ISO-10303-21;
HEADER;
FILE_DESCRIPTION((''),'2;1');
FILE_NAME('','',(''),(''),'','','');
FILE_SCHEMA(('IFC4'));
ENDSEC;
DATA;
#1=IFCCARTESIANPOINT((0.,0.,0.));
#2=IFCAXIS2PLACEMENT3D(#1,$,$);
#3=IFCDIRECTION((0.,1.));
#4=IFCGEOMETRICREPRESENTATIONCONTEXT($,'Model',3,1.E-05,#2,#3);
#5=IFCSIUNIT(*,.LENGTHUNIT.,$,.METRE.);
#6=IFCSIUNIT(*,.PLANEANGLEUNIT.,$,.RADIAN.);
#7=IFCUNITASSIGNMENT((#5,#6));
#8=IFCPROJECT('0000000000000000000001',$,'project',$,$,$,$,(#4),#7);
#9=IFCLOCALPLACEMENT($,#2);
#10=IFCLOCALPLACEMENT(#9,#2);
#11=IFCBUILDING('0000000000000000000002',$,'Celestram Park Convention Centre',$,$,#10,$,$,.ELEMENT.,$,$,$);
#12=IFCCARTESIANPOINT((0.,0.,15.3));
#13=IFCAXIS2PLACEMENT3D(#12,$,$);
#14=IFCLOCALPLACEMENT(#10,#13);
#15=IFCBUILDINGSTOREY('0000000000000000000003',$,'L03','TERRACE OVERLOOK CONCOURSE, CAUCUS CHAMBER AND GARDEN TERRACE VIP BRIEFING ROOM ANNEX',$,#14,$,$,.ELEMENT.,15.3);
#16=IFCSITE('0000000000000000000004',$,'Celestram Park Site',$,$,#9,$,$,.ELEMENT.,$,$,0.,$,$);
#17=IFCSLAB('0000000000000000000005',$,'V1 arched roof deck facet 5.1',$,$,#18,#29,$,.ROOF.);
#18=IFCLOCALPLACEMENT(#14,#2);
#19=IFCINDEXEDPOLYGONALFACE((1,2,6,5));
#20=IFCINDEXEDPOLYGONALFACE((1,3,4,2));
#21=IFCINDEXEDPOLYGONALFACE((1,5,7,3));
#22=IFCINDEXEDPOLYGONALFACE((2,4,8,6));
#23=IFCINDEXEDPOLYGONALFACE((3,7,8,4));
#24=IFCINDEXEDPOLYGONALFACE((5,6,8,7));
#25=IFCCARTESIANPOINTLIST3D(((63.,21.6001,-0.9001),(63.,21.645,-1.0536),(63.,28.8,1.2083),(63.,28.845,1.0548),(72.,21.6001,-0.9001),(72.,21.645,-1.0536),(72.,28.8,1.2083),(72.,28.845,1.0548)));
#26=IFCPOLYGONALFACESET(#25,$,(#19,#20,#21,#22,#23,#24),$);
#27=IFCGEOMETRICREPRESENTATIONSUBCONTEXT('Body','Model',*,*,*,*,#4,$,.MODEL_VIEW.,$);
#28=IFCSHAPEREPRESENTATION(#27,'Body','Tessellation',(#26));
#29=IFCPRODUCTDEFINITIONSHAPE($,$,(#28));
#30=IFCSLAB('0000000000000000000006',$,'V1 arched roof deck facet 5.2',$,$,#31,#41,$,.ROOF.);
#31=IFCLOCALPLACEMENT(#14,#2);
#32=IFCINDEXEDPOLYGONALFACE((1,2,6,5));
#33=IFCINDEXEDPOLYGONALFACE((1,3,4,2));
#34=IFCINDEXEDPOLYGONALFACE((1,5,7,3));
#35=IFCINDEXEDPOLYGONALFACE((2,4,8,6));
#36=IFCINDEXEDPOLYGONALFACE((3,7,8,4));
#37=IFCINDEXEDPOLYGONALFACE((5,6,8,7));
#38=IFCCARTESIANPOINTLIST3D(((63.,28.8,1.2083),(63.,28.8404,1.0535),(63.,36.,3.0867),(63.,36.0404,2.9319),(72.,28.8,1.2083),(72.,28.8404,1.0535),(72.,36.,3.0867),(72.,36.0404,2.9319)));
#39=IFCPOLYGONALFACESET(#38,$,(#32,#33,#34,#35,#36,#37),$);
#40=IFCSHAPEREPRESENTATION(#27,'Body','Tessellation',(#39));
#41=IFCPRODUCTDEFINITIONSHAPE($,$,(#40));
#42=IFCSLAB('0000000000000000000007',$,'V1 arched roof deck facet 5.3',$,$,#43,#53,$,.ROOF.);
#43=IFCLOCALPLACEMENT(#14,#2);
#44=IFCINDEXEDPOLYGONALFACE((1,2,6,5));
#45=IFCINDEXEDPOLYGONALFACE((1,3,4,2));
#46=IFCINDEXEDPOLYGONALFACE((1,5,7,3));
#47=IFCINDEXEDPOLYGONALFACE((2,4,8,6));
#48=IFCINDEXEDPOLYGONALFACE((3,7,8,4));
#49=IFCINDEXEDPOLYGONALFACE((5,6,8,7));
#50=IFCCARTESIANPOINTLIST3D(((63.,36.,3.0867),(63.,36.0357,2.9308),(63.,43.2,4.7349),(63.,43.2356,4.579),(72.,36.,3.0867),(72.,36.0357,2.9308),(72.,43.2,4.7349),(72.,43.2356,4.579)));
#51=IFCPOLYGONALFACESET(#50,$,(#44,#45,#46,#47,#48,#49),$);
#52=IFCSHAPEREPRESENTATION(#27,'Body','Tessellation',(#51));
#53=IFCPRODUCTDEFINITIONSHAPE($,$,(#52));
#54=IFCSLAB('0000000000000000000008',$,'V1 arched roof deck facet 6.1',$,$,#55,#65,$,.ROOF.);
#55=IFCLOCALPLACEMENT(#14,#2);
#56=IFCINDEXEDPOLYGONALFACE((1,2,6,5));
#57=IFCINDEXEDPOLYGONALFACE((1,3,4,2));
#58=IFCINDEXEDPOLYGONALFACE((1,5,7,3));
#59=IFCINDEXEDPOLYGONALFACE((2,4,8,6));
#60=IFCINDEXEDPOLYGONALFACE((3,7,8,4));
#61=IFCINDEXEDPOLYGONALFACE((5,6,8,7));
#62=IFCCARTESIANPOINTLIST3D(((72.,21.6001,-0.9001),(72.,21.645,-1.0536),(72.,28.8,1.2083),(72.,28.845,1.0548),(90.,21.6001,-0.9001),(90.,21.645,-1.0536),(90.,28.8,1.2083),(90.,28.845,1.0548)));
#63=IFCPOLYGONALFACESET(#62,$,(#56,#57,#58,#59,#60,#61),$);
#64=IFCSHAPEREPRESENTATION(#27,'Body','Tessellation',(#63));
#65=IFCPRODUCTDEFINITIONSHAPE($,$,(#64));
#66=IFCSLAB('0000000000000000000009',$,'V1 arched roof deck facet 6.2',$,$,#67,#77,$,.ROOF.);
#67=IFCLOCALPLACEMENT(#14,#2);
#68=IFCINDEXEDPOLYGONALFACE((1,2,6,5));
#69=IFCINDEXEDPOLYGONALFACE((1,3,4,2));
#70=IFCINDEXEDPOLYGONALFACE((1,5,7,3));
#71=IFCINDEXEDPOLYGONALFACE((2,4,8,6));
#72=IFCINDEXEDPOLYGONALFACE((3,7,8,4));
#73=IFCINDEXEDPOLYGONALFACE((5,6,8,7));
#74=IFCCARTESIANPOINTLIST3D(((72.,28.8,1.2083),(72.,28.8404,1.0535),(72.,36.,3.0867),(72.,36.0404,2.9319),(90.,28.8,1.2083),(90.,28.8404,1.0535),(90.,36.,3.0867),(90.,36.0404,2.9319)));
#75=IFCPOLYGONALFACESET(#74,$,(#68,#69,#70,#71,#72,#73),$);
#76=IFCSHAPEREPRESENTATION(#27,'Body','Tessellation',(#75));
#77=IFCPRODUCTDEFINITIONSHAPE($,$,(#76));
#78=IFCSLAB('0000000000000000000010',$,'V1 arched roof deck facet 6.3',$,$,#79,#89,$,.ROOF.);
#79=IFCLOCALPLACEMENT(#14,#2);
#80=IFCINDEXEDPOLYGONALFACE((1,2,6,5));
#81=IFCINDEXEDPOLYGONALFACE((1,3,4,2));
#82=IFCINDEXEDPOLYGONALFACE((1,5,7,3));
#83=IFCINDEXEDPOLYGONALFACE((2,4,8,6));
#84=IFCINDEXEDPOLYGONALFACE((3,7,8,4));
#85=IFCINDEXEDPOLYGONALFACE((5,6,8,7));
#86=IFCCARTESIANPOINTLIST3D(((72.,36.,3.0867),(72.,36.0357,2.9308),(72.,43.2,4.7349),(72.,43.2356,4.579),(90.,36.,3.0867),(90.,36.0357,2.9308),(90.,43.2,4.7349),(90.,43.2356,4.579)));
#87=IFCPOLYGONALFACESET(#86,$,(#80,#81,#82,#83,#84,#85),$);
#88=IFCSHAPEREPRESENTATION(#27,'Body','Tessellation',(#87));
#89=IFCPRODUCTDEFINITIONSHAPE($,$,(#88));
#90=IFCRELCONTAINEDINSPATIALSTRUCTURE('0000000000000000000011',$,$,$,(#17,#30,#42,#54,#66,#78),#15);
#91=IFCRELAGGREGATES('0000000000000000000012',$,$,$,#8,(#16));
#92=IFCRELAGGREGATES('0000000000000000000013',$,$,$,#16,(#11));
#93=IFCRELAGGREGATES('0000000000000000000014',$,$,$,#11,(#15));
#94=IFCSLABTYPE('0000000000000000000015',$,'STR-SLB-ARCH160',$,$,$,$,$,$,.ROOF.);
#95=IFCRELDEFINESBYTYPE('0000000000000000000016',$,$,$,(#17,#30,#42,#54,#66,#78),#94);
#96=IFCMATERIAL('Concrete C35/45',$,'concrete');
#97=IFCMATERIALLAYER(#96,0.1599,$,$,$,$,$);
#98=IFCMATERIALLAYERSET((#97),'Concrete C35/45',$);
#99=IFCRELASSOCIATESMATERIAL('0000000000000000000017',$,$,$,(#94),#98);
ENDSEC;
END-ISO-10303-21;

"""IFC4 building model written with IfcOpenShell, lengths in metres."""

from ifc_helpers import new_model, si_unit, direction, frame, origin, place, context, subcontext, project, spatial, polyline, outline, extrude, material, layer, layer_set, type_object, element, save


model = new_model("IFC4")

# Units and contexts
model_context = context("Model", 3, precision=1e-05, world=origin(), true_north=direction((0.0, 1.0)))
body_context = subcontext(model_context, "Body", "Model", "MODEL_VIEW")
ifc_project = project(units=[si_unit("LENGTHUNIT", "METRE"), si_unit("PLANEANGLEUNIT", "RADIAN")], contexts=[model_context])

# Site, building, storey
site_placement = place(None, origin())
site = spatial("IfcSite", under=ifc_project, at=site_placement, Name="Celestram Park Site", CompositionType="ELEMENT", RefElevation=0.0)
building_placement = place(site_placement, origin())
building = spatial("IfcBuilding", under=site, at=building_placement, Name="Celestram Park Convention Centre", CompositionType="ELEMENT")
storey_placement = place(building_placement, frame((0.0, 0.0, 15.3)))
storey = spatial("IfcBuildingStorey", under=building, at=storey_placement, Name="L03", Description="TERRACE OVERLOOK CONCOURSE, CAUCUS CHAMBER AND GARDEN TERRACE VIP BRIEFING ROOM ANNEX", CompositionType="ELEMENT", Elevation=15.3)

# Slabs
ifc_material_1 = material(Name="Concrete C35/45", Category="concrete")
ifc_layer_1 = layer(ifc_material_1, 0.1599)
ifc_layer_set_1 = layer_set([ifc_layer_1], Name="Concrete C35/45")
slab_type = type_object("IfcSlabType", Name="STR-SLB-ARCH160", PredefinedType="ROOF", material=ifc_layer_set_1)
slab_1_placement = place(storey_placement, frame((63.0, 21.6001, -0.9001), z_axis=(0.0, -0.281033, 0.959698), x_axis=(1.0, 0.0, 0.0)))
element("IfcSlab", 1, at=slab_1_placement, inside=storey, type_object=slab_type, Name="V1 arched roof deck facet 5.1", PredefinedType="ROOF", context=body_context, shape_type="SweptSolid", body=[
    extrude(outline(polyline([(0.0, 0.0), (9.0, 0.0), (9.0, 7.5023), (0.0, 7.5023), (0.0, 0.0)])), origin(), (0.0, 0.0, -1.0), 0.1599),
])
slab_2_placement = place(storey_placement, frame((63.0, 28.8, 1.2083), z_axis=(0.0, -0.252443, 0.967612), x_axis=(1.0, 0.0, 0.0)))
element("IfcSlab", 2, at=slab_2_placement, inside=storey, type_object=slab_type, Name="V1 arched roof deck facet 5.2", PredefinedType="ROOF", context=body_context, shape_type="SweptSolid", body=[
    extrude(outline(polyline([(0.0, 0.0), (9.0, 0.0), (9.0, 7.441), (0.0, 7.441), (0.0, 0.0)])), origin(), (0.0, 0.0, -1.0), 0.1599),
])
slab_3_placement = place(storey_placement, frame((63.0, 36.0, 3.0867), z_axis=(0.0, -0.223145, 0.974785), x_axis=(1.0, 0.0, 0.0)))
element("IfcSlab", 3, at=slab_3_placement, inside=storey, type_object=slab_type, Name="V1 arched roof deck facet 5.3", PredefinedType="ROOF", context=body_context, shape_type="SweptSolid", body=[
    extrude(outline(polyline([(0.0, 0.0), (9.0, 0.0), (9.0, 7.3862), (0.0, 7.3862), (0.0, 0.0)])), origin(), (0.0, 0.0, -1.0), 0.1599),
])
slab_4_placement = place(storey_placement, frame((72.0, 21.6001, -0.9001), z_axis=(0.0, -0.281033, 0.959698), x_axis=(1.0, 0.0, 0.0)))
element("IfcSlab", 4, at=slab_4_placement, inside=storey, type_object=slab_type, Name="V1 arched roof deck facet 6.1", PredefinedType="ROOF", context=body_context, shape_type="SweptSolid", body=[
    extrude(outline(polyline([(0.0, 0.0), (18.0, 0.0), (18.0, 7.5023), (0.0, 7.5023), (0.0, 0.0)])), origin(), (0.0, 0.0, -1.0), 0.1599),
])
slab_5_placement = place(storey_placement, frame((72.0, 28.8, 1.2083), z_axis=(0.0, -0.252443, 0.967612), x_axis=(1.0, 0.0, 0.0)))
element("IfcSlab", 5, at=slab_5_placement, inside=storey, type_object=slab_type, Name="V1 arched roof deck facet 6.2", PredefinedType="ROOF", context=body_context, shape_type="SweptSolid", body=[
    extrude(outline(polyline([(0.0, 0.0), (18.0, 0.0), (18.0, 7.441), (0.0, 7.441), (0.0, 0.0)])), origin(), (0.0, 0.0, -1.0), 0.1599),
])
slab_6_placement = place(storey_placement, frame((72.0, 36.0, 3.0867), z_axis=(0.0, -0.223145, 0.974785), x_axis=(1.0, 0.0, 0.0)))
element("IfcSlab", 6, at=slab_6_placement, inside=storey, type_object=slab_type, Name="V1 arched roof deck facet 6.3", PredefinedType="ROOF", context=body_context, shape_type="SweptSolid", body=[
    extrude(outline(polyline([(0.0, 0.0), (18.0, 0.0), (18.0, 7.3862), (0.0, 7.3862), (0.0, 0.0)])), origin(), (0.0, 0.0, -1.0), 0.1599),
])

save(model, "model.ifc")
